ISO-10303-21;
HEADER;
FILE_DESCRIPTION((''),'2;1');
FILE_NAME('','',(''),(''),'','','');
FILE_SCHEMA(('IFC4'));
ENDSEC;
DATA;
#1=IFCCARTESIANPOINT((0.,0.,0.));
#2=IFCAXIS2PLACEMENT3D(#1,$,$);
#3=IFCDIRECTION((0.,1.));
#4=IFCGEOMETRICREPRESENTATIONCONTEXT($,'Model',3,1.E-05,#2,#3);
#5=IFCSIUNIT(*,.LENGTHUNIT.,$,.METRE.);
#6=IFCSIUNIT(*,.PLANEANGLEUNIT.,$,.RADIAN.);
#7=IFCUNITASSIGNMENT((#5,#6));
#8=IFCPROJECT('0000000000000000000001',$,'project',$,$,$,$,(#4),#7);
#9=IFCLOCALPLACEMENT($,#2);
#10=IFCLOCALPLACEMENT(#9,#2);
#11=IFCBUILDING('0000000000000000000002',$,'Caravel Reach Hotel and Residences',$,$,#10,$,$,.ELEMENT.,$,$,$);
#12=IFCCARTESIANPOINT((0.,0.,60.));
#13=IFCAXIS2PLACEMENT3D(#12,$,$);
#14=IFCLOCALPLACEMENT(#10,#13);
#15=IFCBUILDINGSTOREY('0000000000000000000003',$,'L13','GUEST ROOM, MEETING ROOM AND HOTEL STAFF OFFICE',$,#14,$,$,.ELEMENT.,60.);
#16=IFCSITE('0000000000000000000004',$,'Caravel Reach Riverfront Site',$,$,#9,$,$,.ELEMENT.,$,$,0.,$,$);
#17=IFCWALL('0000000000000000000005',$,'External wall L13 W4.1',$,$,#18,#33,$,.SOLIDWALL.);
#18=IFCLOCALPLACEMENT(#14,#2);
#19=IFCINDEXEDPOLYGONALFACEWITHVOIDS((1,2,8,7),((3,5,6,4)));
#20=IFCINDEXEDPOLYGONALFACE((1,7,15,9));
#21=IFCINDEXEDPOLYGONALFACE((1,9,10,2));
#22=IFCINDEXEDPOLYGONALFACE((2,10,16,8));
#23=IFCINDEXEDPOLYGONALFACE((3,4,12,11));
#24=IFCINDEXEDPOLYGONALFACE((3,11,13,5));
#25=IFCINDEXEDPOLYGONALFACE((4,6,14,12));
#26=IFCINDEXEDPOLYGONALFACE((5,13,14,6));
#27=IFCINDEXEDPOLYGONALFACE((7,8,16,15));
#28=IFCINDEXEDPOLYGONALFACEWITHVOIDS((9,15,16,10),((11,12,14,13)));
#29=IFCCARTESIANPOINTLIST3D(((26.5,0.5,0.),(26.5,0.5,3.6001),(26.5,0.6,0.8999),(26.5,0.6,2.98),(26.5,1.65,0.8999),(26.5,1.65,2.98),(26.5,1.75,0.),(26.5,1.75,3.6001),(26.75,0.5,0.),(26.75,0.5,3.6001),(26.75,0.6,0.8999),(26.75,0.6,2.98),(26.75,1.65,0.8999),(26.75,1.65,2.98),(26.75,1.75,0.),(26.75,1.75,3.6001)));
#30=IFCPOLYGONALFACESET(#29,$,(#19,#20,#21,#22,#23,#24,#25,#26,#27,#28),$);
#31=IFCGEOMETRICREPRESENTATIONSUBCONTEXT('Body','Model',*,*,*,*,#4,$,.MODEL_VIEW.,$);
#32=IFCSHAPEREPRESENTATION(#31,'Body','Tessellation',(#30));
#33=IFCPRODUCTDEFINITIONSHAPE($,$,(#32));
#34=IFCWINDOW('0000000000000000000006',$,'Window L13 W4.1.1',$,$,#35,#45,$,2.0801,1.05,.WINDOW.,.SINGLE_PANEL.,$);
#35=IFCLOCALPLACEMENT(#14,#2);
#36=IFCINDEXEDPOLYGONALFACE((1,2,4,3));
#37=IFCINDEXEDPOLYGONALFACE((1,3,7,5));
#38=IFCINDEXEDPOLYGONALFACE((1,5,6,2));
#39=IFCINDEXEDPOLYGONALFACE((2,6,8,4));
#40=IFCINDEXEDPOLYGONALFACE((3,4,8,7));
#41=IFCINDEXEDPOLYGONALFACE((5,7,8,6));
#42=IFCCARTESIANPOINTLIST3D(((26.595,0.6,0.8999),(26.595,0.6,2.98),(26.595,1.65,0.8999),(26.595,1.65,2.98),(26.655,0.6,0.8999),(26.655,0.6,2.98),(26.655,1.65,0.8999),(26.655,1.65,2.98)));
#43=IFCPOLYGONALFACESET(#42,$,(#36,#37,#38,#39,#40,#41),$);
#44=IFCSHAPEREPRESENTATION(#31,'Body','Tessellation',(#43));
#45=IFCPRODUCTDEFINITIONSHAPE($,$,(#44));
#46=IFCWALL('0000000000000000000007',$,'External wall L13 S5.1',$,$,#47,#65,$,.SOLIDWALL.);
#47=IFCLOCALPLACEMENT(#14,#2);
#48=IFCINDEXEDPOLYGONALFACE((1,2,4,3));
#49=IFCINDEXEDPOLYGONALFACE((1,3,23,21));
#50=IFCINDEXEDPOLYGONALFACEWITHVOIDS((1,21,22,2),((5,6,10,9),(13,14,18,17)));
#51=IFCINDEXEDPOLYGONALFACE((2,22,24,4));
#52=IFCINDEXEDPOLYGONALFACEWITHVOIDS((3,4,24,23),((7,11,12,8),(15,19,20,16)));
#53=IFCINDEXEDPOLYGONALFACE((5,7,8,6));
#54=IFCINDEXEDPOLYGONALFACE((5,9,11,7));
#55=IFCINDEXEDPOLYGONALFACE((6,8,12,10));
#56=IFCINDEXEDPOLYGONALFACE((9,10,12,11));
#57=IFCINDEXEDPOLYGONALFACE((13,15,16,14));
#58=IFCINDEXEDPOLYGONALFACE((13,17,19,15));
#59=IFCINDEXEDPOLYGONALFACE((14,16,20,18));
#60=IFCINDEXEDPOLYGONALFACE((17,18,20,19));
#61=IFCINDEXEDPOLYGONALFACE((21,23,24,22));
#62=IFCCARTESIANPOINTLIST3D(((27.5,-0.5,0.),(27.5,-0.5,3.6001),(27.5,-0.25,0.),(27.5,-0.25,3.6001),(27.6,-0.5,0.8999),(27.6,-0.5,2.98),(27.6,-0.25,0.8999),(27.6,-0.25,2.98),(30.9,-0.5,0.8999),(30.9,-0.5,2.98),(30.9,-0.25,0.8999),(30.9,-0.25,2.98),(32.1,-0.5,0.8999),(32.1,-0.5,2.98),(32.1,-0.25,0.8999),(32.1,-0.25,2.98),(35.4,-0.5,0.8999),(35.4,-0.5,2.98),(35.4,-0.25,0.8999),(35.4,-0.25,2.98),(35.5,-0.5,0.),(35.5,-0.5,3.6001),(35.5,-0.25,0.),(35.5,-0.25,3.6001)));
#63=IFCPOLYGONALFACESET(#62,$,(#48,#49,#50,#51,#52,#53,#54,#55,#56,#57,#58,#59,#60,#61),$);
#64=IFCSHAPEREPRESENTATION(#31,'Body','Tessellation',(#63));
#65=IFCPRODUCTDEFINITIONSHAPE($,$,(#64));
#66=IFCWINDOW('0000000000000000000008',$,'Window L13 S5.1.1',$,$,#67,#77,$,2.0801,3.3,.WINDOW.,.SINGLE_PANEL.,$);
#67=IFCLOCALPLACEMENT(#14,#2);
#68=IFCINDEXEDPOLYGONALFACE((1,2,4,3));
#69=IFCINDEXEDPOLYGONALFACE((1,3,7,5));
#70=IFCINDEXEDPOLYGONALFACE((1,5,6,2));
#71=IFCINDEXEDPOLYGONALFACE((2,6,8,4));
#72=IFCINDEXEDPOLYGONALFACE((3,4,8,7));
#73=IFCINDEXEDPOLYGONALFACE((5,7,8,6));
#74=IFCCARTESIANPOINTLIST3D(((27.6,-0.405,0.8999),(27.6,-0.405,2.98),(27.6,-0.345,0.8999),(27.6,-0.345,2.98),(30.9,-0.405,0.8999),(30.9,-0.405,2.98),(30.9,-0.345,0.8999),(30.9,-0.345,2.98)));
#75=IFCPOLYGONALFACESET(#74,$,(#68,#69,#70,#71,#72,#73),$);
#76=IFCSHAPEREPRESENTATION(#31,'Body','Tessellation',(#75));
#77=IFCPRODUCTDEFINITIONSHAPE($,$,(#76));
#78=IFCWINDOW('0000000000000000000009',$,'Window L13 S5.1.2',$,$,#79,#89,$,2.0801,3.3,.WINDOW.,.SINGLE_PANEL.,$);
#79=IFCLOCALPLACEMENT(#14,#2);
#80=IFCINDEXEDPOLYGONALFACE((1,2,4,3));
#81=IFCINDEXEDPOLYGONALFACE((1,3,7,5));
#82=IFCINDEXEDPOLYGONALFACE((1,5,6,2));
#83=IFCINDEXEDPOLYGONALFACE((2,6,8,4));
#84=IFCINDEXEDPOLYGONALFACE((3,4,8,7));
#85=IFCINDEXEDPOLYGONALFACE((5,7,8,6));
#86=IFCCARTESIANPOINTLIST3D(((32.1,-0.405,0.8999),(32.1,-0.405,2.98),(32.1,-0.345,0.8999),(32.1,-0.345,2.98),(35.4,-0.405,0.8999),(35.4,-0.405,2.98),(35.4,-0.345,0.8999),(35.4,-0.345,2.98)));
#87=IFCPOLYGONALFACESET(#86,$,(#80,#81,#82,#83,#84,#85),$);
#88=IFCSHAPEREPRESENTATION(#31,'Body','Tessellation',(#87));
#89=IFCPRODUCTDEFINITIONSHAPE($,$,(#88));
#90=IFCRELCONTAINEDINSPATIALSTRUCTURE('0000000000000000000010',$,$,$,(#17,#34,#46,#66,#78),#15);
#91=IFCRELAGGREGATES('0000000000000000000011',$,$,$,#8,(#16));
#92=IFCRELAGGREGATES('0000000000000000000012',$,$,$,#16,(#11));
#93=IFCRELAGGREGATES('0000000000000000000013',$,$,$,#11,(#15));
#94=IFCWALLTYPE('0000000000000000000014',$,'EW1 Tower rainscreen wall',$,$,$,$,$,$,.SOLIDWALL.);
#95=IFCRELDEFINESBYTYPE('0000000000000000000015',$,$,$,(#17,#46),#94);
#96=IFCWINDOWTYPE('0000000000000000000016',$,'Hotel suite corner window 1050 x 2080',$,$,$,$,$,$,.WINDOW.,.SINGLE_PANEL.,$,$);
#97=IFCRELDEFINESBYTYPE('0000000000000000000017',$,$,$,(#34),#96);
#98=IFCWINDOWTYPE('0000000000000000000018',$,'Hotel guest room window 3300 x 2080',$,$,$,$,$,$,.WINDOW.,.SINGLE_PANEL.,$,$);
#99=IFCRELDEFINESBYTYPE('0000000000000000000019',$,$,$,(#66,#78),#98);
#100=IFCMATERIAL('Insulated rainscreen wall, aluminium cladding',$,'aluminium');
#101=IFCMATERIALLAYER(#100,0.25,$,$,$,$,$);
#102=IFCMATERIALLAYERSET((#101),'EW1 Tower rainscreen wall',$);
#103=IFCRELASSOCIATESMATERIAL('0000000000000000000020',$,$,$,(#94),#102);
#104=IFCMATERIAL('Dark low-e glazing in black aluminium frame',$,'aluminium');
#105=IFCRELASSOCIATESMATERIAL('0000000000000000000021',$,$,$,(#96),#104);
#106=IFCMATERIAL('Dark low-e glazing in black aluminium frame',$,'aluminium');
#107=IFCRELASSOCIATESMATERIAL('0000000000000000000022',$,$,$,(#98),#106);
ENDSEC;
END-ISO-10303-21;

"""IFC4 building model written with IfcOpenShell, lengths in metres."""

from ifc_helpers import new_model, si_unit, direction, frame, frame_2d, origin, place, context, subcontext, project, spatial, rectangle, extrude, material, layer, layer_set, type_object, element, fill, save


model = new_model("IFC4")

# Units and contexts
model_context = context("Model", 3, precision=1e-05, world=origin(), true_north=direction((0.0, 1.0)))
body_context = subcontext(model_context, "Body", "Model", "MODEL_VIEW")
ifc_project = project(units=[si_unit("LENGTHUNIT", "METRE"), si_unit("PLANEANGLEUNIT", "RADIAN")], contexts=[model_context])

# Site, building, storey
site_placement = place(None, origin())
site = spatial("IfcSite", under=ifc_project, at=site_placement, Name="Caravel Reach Riverfront Site", CompositionType="ELEMENT", RefElevation=0.0)
building_placement = place(site_placement, origin())
building = spatial("IfcBuilding", under=site, at=building_placement, Name="Caravel Reach Hotel and Residences", CompositionType="ELEMENT")
storey_placement = place(building_placement, frame((0.0, 0.0, 60.0)))
storey = spatial("IfcBuildingStorey", under=building, at=storey_placement, Name="L13", Description="GUEST ROOM, MEETING ROOM AND HOTEL STAFF OFFICE", CompositionType="ELEMENT", Elevation=60.0)

# Wall, opening, window
ifc_material_1 = material(Name="Insulated rainscreen wall, aluminium cladding", Category="aluminium")
ifc_layer_1 = layer(ifc_material_1, 0.25)
ifc_layer_set_1 = layer_set([ifc_layer_1], Name="EW1 Tower rainscreen wall")
wall_type_1 = type_object("IfcWallType", Name="EW1 Tower rainscreen wall", PredefinedType="SOLIDWALL", material=ifc_layer_set_1)
ifc_material_2 = material(Name="Dark low-e glazing in black aluminium frame", Category="aluminium")
window_type_1 = type_object("IfcWindowType", Name="Hotel suite corner window 1050 x 2080", PartitioningType="SINGLE_PANEL", PredefinedType="WINDOW", material=ifc_material_2)
wall_1_placement = place(storey_placement, frame((26.625, 1.75, 0.0), z_axis=(0.0, 0.0, 1.0), x_axis=(0.0, -1.0, 0.0)))
wall_1 = element("IfcWall", 1, at=wall_1_placement, inside=storey, type_object=wall_type_1, Name="External wall L13 W4.1", PredefinedType="SOLIDWALL", context=body_context, shape_type="SweptSolid", body=[
    extrude(rectangle(XDim=1.25, YDim=0.25, at=frame_2d((0.625, 0.0))), origin(), (0.0, 0.0, 1.0), 3.6001),
])
opening_1_placement = place(wall_1_placement, frame((0.1001, 0.0, 0.8999)))
opening_1 = element("IfcOpeningElement", 2, at=opening_1_placement, cuts=wall_1, PredefinedType="OPENING", context=body_context, shape_type="SweptSolid", body=[
    extrude(rectangle(XDim=1.05, YDim=2.0801, at=frame_2d((0.5249, 1.04))), frame((0.0, 0.135, 0.0), z_axis=(0.0, -1.0, 0.0), x_axis=(1.0, 0.0, 0.0)), (0.0, 0.0, 1.0), 0.27),
])
window_1_placement = place(opening_1_placement, origin())
window_1 = element("IfcWindow", 3, at=window_1_placement, inside=storey, type_object=window_type_1, Name="Window L13 W4.1.1", OverallHeight=2.0801, OverallWidth=1.05, PartitioningType="SINGLE_PANEL", PredefinedType="WINDOW", context=body_context, shape_type="SweptSolid", body=[
    extrude(rectangle(XDim=1.05, YDim=2.0801, at=frame_2d((0.5249, 1.04))), frame((0.0, 0.03, 0.0), z_axis=(0.0, -1.0, 0.0), x_axis=(1.0, 0.0, 0.0)), (0.0, 0.0, 1.0), 0.0601),
])
fill(opening_1, window_1)

# Wall, openings, windows
wall_2_placement = place(storey_placement, frame((27.5, -0.375, 0.0), z_axis=(0.0, 0.0, 1.0), x_axis=(1.0, 0.0, 0.0)))
wall_2 = element("IfcWall", 4, at=wall_2_placement, inside=storey, type_object=wall_type_1, Name="External wall L13 S5.1", PredefinedType="SOLIDWALL", context=body_context, shape_type="SweptSolid", body=[
    extrude(rectangle(XDim=8.0, YDim=0.25, at=frame_2d((4.0, 0.0))), origin(), (0.0, 0.0, 1.0), 3.6001),
])
opening_2_placement = place(wall_2_placement, frame((0.1001, 0.0, 0.8999)))
opening_2 = element("IfcOpeningElement", 5, at=opening_2_placement, cuts=wall_2, PredefinedType="OPENING", context=body_context, shape_type="SweptSolid", body=[
    extrude(rectangle(XDim=3.3, YDim=2.0801, at=frame_2d((1.6499, 1.04))), frame((0.0, 0.135, 0.0), z_axis=(0.0, -1.0, 0.0), x_axis=(1.0, 0.0, 0.0)), (0.0, 0.0, 1.0), 0.27),
])
opening_3_placement = place(wall_2_placement, frame((4.6001, 0.0, 0.8999)))
opening_3 = element("IfcOpeningElement", 6, at=opening_3_placement, cuts=wall_2, PredefinedType="OPENING", context=body_context, shape_type="SweptSolid", body=[
    extrude(rectangle(XDim=3.3, YDim=2.0801, at=frame_2d((1.6499, 1.04))), frame((0.0, 0.135, 0.0), z_axis=(0.0, -1.0, 0.0), x_axis=(1.0, 0.0, 0.0)), (0.0, 0.0, 1.0), 0.27),
])
ifc_material_3 = material(Name="Dark low-e glazing in black aluminium frame", Category="aluminium")
window_type_2 = type_object("IfcWindowType", Name="Hotel guest room window 3300 x 2080", PartitioningType="SINGLE_PANEL", PredefinedType="WINDOW", material=ifc_material_3)
window_2_placement = place(opening_2_placement, origin())
window_2 = element("IfcWindow", 7, at=window_2_placement, inside=storey, type_object=window_type_2, Name="Window L13 S5.1.1", OverallHeight=2.0801, OverallWidth=3.3, PartitioningType="SINGLE_PANEL", PredefinedType="WINDOW", context=body_context, shape_type="SweptSolid", body=[
    extrude(rectangle(XDim=3.3, YDim=2.0801, at=frame_2d((1.6499, 1.04))), frame((0.0, 0.03, 0.0), z_axis=(0.0, -1.0, 0.0), x_axis=(1.0, 0.0, 0.0)), (0.0, 0.0, 1.0), 0.0601),
])
fill(opening_2, window_2)
window_3_placement = place(opening_3_placement, origin())
window_3 = element("IfcWindow", 8, at=window_3_placement, inside=storey, type_object=window_type_2, Name="Window L13 S5.1.2", OverallHeight=2.0801, OverallWidth=3.3, PartitioningType="SINGLE_PANEL", PredefinedType="WINDOW", context=body_context, shape_type="SweptSolid", body=[
    extrude(rectangle(XDim=3.3, YDim=2.0801, at=frame_2d((1.6499, 1.04))), frame((0.0, 0.03, 0.0), z_axis=(0.0, -1.0, 0.0), x_axis=(1.0, 0.0, 0.0)), (0.0, 0.0, 1.0), 0.0601),
])
fill(opening_3, window_3)

save(model, "model.ifc")
